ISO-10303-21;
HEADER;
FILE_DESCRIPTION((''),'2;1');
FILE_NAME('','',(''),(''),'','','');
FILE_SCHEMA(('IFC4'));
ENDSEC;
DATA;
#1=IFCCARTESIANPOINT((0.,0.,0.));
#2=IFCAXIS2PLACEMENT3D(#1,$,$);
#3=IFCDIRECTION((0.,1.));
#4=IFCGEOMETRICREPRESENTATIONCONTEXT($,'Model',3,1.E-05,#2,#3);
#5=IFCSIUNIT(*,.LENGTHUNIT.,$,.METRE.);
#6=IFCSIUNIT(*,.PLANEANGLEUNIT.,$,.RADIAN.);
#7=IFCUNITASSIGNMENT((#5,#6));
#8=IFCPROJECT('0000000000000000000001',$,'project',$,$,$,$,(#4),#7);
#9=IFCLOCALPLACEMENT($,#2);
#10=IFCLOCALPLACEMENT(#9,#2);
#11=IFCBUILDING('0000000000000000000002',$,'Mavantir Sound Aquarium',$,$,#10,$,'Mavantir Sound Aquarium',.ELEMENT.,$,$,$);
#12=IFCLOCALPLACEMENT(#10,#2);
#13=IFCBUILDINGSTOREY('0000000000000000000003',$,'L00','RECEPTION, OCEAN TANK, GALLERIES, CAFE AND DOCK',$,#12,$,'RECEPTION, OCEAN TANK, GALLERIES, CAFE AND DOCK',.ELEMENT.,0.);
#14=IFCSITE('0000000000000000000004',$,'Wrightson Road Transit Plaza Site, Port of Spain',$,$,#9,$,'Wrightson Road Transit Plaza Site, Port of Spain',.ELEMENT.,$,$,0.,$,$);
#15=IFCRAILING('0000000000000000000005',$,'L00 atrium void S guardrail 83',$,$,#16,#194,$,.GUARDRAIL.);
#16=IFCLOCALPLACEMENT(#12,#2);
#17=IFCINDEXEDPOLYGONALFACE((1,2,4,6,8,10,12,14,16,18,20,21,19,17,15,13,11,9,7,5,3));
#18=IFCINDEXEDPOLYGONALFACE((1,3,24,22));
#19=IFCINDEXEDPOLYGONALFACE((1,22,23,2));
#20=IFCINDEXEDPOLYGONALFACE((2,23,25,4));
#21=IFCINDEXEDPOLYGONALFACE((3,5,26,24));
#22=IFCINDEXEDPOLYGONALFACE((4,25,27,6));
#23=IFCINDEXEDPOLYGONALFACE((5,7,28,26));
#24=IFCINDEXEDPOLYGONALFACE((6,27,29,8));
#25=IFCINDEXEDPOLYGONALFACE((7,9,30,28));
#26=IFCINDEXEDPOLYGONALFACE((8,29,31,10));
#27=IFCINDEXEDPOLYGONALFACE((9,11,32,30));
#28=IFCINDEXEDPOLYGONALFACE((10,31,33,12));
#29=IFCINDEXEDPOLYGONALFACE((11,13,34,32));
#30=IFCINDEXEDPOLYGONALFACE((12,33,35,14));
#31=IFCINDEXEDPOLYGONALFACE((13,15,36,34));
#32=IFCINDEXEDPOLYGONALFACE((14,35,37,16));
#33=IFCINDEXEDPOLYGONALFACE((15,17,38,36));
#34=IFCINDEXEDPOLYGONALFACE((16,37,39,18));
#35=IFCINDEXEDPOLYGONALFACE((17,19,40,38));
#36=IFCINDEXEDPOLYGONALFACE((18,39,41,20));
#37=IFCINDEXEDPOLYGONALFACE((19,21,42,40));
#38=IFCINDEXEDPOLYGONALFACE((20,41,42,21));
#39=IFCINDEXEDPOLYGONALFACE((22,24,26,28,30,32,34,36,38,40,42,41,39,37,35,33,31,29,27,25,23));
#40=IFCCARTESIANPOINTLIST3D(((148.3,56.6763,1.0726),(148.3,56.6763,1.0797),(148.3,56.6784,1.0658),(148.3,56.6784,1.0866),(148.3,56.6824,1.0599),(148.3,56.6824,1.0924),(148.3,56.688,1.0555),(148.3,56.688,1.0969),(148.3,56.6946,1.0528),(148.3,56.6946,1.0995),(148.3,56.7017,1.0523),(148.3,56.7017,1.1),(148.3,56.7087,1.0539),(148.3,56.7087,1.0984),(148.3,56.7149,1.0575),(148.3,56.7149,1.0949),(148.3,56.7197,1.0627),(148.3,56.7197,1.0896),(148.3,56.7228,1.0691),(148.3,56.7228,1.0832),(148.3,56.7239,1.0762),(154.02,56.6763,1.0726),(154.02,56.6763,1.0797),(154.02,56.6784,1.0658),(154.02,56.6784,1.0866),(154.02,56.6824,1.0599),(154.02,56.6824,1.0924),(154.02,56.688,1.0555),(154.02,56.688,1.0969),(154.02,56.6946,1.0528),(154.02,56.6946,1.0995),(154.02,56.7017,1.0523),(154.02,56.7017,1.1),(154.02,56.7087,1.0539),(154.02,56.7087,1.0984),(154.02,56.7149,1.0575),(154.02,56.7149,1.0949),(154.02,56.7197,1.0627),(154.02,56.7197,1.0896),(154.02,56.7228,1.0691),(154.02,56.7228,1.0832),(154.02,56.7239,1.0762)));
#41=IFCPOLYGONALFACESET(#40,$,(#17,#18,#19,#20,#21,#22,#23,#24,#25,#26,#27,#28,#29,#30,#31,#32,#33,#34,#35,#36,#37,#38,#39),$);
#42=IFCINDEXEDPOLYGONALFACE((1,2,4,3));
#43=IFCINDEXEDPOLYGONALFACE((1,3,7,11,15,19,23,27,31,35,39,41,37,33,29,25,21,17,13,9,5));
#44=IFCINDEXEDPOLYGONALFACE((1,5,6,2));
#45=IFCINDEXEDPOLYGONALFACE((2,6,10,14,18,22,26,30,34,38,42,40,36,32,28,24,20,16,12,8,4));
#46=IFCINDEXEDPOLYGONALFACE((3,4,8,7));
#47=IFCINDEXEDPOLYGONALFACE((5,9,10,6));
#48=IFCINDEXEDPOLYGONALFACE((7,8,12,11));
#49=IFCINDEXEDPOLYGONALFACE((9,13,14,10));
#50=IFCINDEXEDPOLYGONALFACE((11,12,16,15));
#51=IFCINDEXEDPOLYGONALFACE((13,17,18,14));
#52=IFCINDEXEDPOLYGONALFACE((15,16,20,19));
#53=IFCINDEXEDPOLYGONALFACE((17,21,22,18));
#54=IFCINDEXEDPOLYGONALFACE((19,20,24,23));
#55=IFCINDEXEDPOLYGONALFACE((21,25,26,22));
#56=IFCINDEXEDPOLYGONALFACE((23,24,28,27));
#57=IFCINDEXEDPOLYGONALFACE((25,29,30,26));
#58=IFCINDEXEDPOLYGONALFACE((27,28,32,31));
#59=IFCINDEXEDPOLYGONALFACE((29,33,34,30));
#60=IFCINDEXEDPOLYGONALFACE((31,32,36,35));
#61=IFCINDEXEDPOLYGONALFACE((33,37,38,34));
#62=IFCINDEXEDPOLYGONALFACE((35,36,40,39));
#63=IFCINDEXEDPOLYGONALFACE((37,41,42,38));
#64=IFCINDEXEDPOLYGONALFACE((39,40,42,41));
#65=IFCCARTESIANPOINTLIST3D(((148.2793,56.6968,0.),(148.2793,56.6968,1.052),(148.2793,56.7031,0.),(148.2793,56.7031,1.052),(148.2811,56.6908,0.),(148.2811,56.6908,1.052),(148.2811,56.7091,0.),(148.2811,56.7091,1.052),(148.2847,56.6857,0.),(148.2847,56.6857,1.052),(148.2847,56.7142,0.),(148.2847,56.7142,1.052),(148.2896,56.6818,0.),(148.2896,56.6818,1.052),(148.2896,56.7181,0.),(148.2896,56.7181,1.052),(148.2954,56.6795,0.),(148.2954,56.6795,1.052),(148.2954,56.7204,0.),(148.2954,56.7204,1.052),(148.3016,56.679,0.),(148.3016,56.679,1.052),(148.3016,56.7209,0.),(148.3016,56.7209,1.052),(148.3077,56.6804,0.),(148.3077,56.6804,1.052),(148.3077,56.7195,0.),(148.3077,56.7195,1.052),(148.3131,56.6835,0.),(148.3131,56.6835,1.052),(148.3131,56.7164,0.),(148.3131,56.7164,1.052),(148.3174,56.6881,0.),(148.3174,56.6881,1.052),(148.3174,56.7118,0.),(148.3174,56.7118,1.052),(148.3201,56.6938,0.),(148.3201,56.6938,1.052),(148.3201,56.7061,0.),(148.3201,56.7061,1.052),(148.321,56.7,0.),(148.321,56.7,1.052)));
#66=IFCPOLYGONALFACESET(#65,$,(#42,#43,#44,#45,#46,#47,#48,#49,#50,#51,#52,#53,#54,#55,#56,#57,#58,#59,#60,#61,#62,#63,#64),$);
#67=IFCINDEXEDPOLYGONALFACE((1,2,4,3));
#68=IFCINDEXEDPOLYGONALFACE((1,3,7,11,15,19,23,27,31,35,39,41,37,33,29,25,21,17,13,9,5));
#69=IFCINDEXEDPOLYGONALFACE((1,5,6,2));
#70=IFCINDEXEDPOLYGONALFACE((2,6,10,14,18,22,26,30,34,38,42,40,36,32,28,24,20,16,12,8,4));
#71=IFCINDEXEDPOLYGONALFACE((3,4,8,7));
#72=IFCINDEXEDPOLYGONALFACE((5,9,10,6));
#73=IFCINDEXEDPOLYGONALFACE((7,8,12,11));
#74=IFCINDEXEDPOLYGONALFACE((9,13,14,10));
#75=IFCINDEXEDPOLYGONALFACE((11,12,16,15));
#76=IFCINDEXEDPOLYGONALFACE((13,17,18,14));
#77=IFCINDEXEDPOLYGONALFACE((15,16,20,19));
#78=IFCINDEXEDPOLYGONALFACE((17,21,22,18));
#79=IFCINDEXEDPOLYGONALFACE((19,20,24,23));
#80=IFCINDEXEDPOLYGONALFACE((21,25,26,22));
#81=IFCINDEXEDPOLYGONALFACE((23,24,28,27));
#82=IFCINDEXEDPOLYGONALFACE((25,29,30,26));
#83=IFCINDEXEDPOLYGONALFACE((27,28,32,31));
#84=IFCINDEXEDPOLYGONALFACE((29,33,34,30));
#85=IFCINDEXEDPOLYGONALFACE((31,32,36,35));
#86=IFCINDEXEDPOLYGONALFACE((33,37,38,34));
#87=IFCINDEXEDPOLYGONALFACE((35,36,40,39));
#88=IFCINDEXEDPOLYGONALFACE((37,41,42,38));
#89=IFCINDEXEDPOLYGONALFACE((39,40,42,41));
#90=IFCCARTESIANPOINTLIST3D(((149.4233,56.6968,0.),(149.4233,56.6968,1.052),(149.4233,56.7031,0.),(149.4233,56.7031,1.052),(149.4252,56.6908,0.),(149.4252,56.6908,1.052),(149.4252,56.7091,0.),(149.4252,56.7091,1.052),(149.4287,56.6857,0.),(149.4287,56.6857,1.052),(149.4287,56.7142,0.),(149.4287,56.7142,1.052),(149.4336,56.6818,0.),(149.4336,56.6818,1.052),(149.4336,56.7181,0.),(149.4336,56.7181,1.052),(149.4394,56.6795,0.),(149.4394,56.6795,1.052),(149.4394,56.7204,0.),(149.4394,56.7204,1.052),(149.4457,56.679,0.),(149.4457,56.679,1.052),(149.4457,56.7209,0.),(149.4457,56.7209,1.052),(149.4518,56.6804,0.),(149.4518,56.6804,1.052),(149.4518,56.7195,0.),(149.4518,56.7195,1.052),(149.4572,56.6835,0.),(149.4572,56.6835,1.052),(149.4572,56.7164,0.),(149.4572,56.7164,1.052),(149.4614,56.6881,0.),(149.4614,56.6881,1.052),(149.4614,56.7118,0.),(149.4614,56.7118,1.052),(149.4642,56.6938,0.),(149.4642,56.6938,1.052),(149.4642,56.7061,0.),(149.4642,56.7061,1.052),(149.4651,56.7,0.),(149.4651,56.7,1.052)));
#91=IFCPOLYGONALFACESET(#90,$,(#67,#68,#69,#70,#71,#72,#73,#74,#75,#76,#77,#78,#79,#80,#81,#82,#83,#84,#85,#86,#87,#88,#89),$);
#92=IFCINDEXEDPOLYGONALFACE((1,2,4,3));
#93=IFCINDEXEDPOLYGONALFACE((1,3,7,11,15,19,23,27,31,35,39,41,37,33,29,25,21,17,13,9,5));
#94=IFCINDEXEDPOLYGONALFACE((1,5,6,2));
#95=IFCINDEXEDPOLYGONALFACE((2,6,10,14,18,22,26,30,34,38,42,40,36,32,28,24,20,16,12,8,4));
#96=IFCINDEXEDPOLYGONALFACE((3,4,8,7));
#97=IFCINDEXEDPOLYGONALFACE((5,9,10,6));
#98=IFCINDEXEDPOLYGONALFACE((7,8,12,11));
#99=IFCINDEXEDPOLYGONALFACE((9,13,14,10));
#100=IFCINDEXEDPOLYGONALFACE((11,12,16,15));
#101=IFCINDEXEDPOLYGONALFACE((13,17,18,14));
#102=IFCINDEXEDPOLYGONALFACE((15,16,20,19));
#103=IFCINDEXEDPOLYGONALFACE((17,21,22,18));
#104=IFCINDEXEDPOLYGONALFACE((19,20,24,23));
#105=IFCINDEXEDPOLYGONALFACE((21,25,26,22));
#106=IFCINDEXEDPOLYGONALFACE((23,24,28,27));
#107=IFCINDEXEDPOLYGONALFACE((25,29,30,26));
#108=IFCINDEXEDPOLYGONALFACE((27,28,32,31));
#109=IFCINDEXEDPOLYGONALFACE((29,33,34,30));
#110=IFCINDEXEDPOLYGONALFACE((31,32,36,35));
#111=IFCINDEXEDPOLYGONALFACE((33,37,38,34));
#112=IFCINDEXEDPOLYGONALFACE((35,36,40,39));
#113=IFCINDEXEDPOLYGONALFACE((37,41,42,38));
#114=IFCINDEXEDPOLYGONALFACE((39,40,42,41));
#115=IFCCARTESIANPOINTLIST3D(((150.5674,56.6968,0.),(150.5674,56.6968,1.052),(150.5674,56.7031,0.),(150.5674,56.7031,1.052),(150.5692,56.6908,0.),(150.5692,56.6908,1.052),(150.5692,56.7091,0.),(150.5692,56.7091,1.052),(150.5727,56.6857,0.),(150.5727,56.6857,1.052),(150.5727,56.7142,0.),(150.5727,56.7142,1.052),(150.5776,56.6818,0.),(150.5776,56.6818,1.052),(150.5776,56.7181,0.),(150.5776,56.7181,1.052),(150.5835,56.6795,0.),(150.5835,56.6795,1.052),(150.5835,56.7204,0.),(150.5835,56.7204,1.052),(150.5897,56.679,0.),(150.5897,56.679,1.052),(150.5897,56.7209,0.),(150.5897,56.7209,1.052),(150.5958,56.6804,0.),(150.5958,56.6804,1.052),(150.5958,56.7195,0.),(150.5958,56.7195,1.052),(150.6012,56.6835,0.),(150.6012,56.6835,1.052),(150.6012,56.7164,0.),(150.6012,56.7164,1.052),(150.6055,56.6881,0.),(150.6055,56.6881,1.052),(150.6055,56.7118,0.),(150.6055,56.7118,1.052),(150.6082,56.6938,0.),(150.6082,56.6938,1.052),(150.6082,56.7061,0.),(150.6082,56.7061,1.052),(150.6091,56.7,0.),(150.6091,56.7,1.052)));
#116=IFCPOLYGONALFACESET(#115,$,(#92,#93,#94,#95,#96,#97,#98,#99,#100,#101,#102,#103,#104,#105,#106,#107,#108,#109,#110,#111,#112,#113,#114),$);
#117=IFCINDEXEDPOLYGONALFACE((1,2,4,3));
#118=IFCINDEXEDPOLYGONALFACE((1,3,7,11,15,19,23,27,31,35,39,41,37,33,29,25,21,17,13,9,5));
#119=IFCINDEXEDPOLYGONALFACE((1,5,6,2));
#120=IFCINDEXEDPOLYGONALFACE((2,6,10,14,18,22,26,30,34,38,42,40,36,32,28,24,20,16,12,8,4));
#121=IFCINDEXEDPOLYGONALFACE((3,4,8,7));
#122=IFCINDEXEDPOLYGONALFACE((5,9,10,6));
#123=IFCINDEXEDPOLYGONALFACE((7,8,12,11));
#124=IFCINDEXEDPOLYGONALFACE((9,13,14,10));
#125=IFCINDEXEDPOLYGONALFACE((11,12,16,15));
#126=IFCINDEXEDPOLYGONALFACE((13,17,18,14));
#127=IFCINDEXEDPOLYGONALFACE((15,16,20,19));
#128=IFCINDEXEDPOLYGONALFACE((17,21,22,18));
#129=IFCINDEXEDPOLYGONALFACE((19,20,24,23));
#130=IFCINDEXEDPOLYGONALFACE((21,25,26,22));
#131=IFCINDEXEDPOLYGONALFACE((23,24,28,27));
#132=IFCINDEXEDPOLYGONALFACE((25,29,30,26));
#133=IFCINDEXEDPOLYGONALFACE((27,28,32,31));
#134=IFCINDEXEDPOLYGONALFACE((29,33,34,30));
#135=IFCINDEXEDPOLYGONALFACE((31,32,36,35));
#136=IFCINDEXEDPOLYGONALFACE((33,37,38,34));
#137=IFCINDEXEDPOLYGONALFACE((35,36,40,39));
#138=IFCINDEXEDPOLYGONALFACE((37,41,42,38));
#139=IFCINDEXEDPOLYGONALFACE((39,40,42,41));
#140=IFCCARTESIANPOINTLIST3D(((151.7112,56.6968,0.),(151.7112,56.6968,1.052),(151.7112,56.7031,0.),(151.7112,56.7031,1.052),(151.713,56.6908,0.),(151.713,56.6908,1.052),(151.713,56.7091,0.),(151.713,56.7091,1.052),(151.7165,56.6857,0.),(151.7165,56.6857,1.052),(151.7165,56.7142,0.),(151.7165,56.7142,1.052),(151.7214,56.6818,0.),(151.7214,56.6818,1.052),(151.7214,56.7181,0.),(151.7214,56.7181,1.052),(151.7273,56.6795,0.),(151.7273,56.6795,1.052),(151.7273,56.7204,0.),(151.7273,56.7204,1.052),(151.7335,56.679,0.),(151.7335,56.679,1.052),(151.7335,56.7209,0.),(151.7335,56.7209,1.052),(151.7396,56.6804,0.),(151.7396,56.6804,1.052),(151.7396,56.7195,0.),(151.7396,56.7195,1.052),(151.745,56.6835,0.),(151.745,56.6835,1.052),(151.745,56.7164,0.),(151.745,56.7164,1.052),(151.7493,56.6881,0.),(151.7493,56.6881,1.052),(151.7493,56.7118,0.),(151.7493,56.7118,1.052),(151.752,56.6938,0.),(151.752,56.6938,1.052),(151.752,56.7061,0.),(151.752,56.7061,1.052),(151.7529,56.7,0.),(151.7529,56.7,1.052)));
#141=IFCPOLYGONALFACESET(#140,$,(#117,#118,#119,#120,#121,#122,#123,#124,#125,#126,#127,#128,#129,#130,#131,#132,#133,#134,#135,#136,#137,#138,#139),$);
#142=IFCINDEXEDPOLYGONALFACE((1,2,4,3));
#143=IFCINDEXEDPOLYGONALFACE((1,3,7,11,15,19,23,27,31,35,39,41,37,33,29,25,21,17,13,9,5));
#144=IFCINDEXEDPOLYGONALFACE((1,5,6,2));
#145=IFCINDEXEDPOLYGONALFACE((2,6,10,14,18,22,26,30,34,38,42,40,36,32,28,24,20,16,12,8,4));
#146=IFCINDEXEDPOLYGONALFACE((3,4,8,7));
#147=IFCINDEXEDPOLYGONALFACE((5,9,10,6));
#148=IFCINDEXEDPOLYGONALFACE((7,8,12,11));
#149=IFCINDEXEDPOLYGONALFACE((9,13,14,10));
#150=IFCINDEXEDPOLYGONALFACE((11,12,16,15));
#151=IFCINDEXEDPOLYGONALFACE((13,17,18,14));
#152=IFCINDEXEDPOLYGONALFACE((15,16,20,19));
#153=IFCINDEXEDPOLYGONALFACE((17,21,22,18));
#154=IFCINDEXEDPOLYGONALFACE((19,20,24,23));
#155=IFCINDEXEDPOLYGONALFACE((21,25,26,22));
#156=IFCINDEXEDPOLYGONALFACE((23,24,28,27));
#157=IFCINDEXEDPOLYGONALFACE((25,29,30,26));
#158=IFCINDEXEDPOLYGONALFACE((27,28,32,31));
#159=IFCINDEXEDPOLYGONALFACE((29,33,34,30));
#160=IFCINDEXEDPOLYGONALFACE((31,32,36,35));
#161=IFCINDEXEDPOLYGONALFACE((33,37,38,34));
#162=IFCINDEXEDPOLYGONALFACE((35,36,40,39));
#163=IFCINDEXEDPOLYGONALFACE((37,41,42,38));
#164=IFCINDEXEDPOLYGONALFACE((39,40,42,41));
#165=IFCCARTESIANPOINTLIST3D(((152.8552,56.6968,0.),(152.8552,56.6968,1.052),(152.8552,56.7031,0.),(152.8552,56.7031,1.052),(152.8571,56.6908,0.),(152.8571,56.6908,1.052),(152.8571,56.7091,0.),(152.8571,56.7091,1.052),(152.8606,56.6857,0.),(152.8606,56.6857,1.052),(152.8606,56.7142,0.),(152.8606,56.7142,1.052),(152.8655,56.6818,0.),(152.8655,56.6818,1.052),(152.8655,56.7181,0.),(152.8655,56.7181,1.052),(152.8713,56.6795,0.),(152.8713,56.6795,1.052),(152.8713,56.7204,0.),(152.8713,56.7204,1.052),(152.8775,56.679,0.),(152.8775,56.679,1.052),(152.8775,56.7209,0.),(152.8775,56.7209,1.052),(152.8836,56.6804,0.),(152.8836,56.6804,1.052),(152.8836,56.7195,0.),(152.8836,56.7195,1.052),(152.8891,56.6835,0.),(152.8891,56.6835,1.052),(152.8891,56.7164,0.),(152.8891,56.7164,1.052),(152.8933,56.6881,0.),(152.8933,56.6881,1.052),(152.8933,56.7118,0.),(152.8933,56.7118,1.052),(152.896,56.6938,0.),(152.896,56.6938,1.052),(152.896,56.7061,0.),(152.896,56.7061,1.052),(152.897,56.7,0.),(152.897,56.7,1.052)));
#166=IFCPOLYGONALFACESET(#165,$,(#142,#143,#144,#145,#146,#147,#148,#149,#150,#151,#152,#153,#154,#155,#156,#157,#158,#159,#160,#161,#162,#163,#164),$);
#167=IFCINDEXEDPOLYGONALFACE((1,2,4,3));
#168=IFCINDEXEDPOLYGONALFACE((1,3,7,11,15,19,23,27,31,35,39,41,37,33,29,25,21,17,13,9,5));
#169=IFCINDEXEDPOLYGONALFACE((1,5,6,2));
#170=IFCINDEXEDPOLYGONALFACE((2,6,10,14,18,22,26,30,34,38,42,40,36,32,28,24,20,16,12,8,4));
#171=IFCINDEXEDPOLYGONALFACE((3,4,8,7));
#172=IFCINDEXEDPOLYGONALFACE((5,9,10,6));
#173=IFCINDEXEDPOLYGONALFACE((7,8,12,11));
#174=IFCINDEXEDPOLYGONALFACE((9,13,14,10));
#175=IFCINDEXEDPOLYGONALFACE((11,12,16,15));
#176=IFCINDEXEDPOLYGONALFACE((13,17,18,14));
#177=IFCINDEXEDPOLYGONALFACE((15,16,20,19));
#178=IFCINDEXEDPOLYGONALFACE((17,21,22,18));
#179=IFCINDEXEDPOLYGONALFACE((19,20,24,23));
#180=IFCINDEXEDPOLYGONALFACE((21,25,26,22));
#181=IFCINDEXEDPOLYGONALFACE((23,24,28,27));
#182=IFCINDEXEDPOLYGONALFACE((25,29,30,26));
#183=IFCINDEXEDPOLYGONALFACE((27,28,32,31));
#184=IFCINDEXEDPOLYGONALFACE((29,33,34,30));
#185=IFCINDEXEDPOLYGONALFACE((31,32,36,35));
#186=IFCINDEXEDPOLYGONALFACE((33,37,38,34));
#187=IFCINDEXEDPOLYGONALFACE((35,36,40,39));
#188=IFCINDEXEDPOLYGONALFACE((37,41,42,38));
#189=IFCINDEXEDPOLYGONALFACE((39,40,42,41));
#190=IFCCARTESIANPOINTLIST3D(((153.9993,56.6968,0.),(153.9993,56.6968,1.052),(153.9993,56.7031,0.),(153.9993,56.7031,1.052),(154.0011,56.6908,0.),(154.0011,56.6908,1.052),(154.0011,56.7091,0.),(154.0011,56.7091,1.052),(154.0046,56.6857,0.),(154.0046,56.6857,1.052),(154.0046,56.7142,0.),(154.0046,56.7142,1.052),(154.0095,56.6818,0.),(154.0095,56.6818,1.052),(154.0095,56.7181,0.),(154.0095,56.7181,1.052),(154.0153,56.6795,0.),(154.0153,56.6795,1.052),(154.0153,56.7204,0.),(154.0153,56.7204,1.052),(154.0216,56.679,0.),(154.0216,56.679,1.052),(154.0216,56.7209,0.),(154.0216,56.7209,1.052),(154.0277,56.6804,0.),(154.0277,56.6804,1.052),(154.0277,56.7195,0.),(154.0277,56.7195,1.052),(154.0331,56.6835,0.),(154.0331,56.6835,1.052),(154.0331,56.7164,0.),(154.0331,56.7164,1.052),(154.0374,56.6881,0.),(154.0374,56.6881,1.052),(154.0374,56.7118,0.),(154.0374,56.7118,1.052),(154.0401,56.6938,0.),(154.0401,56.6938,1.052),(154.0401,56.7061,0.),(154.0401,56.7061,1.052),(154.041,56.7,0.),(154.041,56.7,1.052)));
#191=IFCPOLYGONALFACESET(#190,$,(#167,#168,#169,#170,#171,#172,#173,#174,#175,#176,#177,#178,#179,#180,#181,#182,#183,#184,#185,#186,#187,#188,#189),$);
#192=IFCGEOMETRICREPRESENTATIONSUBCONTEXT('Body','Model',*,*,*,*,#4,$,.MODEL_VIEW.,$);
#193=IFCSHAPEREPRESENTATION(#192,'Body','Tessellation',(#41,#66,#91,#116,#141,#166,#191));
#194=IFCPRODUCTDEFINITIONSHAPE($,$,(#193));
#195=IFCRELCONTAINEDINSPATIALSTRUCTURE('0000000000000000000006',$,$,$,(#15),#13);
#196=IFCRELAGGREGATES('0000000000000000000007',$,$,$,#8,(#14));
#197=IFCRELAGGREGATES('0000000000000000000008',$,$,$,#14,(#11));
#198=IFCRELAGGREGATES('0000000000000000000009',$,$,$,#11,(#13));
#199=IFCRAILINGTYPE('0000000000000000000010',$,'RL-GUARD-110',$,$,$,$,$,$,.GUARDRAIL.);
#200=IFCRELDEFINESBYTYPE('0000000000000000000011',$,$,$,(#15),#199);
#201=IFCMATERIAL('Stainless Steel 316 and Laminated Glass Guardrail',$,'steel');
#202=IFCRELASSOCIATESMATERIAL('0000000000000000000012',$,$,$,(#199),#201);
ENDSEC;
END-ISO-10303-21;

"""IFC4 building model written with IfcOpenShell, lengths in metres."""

from ifc_helpers import new_model, si_unit, direction, frame, origin, origin_2d, place, context, subcontext, project, spatial, circle, extrude, material, type_object, element, save


model = new_model("IFC4")

# Units and contexts
model_context = context("Model", 3, precision=1e-05, world=origin(), true_north=direction((0.0, 1.0)))
body_context = subcontext(model_context, "Body", "Model", "MODEL_VIEW")
ifc_project = project(units=[si_unit("LENGTHUNIT", "METRE"), si_unit("PLANEANGLEUNIT", "RADIAN")], contexts=[model_context])

# Site, building, storey
site_placement = place(None, origin())
site = spatial("IfcSite", under=ifc_project, at=site_placement, Name="Wrightson Road Transit Plaza Site, Port of Spain", LongName="Wrightson Road Transit Plaza Site, Port of Spain", CompositionType="ELEMENT", RefElevation=0.0)
building_placement = place(site_placement, origin())
building = spatial("IfcBuilding", under=site, at=building_placement, Name="Mavantir Sound Aquarium", LongName="Mavantir Sound Aquarium", CompositionType="ELEMENT")
storey_placement = place(building_placement, origin())
storey = spatial("IfcBuildingStorey", under=building, at=storey_placement, Name="L00", Description="RECEPTION, OCEAN TANK, GALLERIES, CAFE AND DOCK", LongName="RECEPTION, OCEAN TANK, GALLERIES, CAFE AND DOCK", CompositionType="ELEMENT", Elevation=0.0)

# Railing
ifc_material_1 = material(Name="Stainless Steel 316 and Laminated Glass Guardrail", Category="steel")
railing_type = type_object("IfcRailingType", Name="RL-GUARD-110", PredefinedType="GUARDRAIL", material=ifc_material_1)
railing_1_placement = place(storey_placement, frame((148.3, 56.7, 0.0)))
element("IfcRailing", 1, at=railing_1_placement, inside=storey, type_object=railing_type, Name="L00 atrium void S guardrail 83", PredefinedType="GUARDRAIL", context=body_context, shape_type="SweptSolid", body=[
    extrude(circle(Radius=0.0239, at=origin_2d()), frame((0.0, 0.0, 1.0762), z_axis=(1.0, 0.0, 0.0), x_axis=(0.0, 1.0, 0.0)), (0.0, 0.0, 1.0), 5.72),
    extrude(circle(Radius=0.021, at=origin_2d()), origin(), (0.0, 0.0, 1.0), 1.052),
    extrude(circle(Radius=0.021, at=origin_2d()), frame((1.144, 0.0, 0.0)), (0.0, 0.0, 1.0), 1.052),
    extrude(circle(Radius=0.021, at=origin_2d()), frame((2.2881, 0.0, 0.0)), (0.0, 0.0, 1.0), 1.052),
    extrude(circle(Radius=0.021, at=origin_2d()), frame((3.4319, 0.0, 0.0)), (0.0, 0.0, 1.0), 1.052),
    extrude(circle(Radius=0.021, at=origin_2d()), frame((4.5759, 0.0, 0.0)), (0.0, 0.0, 1.0), 1.052),
    extrude(circle(Radius=0.021, at=origin_2d()), frame((5.72, 0.0, 0.0)), (0.0, 0.0, 1.0), 1.052),
])

save(model, "model.ifc")
